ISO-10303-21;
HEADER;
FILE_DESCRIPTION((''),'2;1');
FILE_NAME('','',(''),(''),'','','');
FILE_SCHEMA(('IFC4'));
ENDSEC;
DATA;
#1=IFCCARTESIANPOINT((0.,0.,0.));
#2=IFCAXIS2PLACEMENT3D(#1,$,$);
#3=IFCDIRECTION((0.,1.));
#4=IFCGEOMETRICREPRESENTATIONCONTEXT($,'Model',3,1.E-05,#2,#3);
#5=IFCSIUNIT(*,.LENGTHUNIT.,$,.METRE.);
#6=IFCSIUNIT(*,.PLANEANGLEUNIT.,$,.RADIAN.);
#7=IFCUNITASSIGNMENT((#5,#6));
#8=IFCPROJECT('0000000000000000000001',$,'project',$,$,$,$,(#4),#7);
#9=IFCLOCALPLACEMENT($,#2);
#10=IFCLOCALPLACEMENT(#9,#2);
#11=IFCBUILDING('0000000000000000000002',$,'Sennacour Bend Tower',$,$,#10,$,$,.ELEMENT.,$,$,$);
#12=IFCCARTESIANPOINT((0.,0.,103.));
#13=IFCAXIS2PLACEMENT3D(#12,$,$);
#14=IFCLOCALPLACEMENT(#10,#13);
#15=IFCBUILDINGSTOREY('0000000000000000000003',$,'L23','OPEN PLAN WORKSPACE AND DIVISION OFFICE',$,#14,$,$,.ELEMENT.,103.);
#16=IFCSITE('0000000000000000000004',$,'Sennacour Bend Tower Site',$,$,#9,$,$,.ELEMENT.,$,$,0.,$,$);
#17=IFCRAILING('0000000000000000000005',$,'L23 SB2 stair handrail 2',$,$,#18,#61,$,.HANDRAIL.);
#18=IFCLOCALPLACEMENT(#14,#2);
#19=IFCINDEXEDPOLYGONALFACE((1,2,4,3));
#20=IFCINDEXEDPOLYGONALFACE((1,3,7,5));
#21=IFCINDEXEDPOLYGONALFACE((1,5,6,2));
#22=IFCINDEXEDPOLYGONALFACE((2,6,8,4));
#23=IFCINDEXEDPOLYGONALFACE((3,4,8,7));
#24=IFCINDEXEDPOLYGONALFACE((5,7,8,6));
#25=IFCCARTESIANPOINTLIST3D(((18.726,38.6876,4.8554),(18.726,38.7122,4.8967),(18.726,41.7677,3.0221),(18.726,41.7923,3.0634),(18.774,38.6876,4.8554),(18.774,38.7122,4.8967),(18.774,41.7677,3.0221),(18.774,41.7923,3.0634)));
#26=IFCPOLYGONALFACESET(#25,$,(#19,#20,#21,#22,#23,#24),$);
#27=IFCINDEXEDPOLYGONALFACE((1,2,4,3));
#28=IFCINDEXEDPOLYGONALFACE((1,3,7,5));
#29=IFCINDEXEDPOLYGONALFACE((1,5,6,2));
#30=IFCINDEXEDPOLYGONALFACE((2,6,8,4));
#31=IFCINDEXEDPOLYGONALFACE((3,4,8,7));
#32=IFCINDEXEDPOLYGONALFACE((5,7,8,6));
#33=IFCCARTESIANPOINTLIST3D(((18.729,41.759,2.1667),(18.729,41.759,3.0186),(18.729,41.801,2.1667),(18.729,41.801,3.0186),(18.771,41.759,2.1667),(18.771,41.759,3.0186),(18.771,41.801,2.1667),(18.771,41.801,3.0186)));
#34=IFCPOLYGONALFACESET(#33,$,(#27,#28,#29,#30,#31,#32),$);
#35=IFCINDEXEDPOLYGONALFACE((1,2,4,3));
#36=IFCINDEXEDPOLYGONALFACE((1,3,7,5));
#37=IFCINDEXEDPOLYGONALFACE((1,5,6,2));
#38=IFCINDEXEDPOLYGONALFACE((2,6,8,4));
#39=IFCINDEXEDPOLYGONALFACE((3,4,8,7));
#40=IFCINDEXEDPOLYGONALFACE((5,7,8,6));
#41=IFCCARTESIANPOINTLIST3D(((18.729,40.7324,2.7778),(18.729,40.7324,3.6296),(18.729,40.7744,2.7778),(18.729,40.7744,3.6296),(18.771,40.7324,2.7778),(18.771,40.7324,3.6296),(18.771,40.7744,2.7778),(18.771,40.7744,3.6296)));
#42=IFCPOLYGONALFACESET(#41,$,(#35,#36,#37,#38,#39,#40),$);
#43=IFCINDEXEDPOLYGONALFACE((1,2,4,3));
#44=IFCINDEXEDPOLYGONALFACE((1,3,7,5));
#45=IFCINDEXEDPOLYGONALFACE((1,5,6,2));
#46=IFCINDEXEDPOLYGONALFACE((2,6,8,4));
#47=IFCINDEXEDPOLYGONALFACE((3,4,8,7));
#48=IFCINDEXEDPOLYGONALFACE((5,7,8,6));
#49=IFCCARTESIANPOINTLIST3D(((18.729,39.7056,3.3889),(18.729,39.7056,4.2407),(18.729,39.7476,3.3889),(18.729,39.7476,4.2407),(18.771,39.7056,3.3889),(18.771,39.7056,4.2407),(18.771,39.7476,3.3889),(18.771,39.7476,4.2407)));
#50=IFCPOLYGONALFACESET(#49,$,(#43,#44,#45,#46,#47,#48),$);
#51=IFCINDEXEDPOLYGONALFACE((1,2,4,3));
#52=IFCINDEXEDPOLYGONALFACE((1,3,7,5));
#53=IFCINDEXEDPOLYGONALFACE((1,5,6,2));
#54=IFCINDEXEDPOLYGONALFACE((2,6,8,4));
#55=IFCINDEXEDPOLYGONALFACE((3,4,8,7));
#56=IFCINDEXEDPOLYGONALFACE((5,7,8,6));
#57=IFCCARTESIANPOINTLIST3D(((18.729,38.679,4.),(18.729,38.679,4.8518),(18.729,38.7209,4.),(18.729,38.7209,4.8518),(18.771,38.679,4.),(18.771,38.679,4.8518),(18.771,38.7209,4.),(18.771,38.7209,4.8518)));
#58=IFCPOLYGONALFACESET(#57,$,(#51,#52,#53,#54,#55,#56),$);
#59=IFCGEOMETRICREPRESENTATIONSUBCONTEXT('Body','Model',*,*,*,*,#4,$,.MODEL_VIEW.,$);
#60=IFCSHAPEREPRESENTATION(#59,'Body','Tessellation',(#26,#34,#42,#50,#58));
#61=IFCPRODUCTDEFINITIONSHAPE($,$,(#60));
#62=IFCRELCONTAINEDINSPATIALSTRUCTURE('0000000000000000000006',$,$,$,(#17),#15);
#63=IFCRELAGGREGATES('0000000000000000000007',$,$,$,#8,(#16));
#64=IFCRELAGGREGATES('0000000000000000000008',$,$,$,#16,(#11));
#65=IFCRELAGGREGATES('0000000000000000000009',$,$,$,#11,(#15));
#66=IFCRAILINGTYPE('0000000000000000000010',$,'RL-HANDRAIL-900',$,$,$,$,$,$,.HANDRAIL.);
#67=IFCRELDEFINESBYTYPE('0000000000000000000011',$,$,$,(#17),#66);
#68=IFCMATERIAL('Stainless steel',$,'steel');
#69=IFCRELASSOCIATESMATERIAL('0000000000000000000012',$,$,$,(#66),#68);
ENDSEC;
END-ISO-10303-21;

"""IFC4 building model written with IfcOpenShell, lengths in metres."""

from ifc_helpers import new_model, si_unit, direction, frame, origin, origin_2d, place, context, subcontext, project, spatial, rectangle, extrude, material, type_object, element, save


model = new_model("IFC4")

# Units and contexts
model_context = context("Model", 3, precision=1e-05, world=origin(), true_north=direction((0.0, 1.0)))
body_context = subcontext(model_context, "Body", "Model", "MODEL_VIEW")
ifc_project = project(units=[si_unit("LENGTHUNIT", "METRE"), si_unit("PLANEANGLEUNIT", "RADIAN")], contexts=[model_context])

# Site, building, storey
site_placement = place(None, origin())
site = spatial("IfcSite", under=ifc_project, at=site_placement, Name="Sennacour Bend Tower Site", CompositionType="ELEMENT", RefElevation=0.0)
building_placement = place(site_placement, origin())
building = spatial("IfcBuilding", under=site, at=building_placement, Name="Sennacour Bend Tower", CompositionType="ELEMENT")
storey_placement = place(building_placement, frame((0.0, 0.0, 103.0)))
storey = spatial("IfcBuildingStorey", under=building, at=storey_placement, Name="L23", Description="OPEN PLAN WORKSPACE AND DIVISION OFFICE", CompositionType="ELEMENT", Elevation=103.0)

# Shared definitions
ifc_material_1 = material(Name="Stainless steel", Category="steel")

# Railing
railing_type_1 = type_object("IfcRailingType", Name="RL-HANDRAIL-900", PredefinedType="HANDRAIL", material=ifc_material_1)
railing_1_placement = place(storey_placement, frame((18.75, 41.78, 2.1667)))
element("IfcRailing", 1, at=railing_1_placement, inside=storey, type_object=railing_type_1, Name="L23 SB2 stair handrail 2", PredefinedType="HANDRAIL", context=body_context, shape_type="SweptSolid", body=[
    extrude(rectangle(XDim=0.0481, YDim=0.0481, at=origin_2d()), frame((0.0, 0.0, 0.876), z_axis=(0.0, -0.859309, 0.511458), x_axis=(1.0, 0.0, 0.0)), (0.0, 0.0, 1.0), 3.5845),
    extrude(rectangle(XDim=0.042, YDim=0.042, at=origin_2d()), origin(), (0.0, 0.0, 1.0), 0.8518),
    extrude(rectangle(XDim=0.042, YDim=0.042, at=origin_2d()), frame((0.0, -1.0266, 0.6111)), (0.0, 0.0, 1.0), 0.8518),
    extrude(rectangle(XDim=0.042, YDim=0.042, at=origin_2d()), frame((0.0, -2.0535, 1.2222)), (0.0, 0.0, 1.0), 0.8518),
    extrude(rectangle(XDim=0.042, YDim=0.042, at=origin_2d()), frame((0.0, -3.0801, 1.8333)), (0.0, 0.0, 1.0), 0.8518),
])

save(model, "model.ifc")
